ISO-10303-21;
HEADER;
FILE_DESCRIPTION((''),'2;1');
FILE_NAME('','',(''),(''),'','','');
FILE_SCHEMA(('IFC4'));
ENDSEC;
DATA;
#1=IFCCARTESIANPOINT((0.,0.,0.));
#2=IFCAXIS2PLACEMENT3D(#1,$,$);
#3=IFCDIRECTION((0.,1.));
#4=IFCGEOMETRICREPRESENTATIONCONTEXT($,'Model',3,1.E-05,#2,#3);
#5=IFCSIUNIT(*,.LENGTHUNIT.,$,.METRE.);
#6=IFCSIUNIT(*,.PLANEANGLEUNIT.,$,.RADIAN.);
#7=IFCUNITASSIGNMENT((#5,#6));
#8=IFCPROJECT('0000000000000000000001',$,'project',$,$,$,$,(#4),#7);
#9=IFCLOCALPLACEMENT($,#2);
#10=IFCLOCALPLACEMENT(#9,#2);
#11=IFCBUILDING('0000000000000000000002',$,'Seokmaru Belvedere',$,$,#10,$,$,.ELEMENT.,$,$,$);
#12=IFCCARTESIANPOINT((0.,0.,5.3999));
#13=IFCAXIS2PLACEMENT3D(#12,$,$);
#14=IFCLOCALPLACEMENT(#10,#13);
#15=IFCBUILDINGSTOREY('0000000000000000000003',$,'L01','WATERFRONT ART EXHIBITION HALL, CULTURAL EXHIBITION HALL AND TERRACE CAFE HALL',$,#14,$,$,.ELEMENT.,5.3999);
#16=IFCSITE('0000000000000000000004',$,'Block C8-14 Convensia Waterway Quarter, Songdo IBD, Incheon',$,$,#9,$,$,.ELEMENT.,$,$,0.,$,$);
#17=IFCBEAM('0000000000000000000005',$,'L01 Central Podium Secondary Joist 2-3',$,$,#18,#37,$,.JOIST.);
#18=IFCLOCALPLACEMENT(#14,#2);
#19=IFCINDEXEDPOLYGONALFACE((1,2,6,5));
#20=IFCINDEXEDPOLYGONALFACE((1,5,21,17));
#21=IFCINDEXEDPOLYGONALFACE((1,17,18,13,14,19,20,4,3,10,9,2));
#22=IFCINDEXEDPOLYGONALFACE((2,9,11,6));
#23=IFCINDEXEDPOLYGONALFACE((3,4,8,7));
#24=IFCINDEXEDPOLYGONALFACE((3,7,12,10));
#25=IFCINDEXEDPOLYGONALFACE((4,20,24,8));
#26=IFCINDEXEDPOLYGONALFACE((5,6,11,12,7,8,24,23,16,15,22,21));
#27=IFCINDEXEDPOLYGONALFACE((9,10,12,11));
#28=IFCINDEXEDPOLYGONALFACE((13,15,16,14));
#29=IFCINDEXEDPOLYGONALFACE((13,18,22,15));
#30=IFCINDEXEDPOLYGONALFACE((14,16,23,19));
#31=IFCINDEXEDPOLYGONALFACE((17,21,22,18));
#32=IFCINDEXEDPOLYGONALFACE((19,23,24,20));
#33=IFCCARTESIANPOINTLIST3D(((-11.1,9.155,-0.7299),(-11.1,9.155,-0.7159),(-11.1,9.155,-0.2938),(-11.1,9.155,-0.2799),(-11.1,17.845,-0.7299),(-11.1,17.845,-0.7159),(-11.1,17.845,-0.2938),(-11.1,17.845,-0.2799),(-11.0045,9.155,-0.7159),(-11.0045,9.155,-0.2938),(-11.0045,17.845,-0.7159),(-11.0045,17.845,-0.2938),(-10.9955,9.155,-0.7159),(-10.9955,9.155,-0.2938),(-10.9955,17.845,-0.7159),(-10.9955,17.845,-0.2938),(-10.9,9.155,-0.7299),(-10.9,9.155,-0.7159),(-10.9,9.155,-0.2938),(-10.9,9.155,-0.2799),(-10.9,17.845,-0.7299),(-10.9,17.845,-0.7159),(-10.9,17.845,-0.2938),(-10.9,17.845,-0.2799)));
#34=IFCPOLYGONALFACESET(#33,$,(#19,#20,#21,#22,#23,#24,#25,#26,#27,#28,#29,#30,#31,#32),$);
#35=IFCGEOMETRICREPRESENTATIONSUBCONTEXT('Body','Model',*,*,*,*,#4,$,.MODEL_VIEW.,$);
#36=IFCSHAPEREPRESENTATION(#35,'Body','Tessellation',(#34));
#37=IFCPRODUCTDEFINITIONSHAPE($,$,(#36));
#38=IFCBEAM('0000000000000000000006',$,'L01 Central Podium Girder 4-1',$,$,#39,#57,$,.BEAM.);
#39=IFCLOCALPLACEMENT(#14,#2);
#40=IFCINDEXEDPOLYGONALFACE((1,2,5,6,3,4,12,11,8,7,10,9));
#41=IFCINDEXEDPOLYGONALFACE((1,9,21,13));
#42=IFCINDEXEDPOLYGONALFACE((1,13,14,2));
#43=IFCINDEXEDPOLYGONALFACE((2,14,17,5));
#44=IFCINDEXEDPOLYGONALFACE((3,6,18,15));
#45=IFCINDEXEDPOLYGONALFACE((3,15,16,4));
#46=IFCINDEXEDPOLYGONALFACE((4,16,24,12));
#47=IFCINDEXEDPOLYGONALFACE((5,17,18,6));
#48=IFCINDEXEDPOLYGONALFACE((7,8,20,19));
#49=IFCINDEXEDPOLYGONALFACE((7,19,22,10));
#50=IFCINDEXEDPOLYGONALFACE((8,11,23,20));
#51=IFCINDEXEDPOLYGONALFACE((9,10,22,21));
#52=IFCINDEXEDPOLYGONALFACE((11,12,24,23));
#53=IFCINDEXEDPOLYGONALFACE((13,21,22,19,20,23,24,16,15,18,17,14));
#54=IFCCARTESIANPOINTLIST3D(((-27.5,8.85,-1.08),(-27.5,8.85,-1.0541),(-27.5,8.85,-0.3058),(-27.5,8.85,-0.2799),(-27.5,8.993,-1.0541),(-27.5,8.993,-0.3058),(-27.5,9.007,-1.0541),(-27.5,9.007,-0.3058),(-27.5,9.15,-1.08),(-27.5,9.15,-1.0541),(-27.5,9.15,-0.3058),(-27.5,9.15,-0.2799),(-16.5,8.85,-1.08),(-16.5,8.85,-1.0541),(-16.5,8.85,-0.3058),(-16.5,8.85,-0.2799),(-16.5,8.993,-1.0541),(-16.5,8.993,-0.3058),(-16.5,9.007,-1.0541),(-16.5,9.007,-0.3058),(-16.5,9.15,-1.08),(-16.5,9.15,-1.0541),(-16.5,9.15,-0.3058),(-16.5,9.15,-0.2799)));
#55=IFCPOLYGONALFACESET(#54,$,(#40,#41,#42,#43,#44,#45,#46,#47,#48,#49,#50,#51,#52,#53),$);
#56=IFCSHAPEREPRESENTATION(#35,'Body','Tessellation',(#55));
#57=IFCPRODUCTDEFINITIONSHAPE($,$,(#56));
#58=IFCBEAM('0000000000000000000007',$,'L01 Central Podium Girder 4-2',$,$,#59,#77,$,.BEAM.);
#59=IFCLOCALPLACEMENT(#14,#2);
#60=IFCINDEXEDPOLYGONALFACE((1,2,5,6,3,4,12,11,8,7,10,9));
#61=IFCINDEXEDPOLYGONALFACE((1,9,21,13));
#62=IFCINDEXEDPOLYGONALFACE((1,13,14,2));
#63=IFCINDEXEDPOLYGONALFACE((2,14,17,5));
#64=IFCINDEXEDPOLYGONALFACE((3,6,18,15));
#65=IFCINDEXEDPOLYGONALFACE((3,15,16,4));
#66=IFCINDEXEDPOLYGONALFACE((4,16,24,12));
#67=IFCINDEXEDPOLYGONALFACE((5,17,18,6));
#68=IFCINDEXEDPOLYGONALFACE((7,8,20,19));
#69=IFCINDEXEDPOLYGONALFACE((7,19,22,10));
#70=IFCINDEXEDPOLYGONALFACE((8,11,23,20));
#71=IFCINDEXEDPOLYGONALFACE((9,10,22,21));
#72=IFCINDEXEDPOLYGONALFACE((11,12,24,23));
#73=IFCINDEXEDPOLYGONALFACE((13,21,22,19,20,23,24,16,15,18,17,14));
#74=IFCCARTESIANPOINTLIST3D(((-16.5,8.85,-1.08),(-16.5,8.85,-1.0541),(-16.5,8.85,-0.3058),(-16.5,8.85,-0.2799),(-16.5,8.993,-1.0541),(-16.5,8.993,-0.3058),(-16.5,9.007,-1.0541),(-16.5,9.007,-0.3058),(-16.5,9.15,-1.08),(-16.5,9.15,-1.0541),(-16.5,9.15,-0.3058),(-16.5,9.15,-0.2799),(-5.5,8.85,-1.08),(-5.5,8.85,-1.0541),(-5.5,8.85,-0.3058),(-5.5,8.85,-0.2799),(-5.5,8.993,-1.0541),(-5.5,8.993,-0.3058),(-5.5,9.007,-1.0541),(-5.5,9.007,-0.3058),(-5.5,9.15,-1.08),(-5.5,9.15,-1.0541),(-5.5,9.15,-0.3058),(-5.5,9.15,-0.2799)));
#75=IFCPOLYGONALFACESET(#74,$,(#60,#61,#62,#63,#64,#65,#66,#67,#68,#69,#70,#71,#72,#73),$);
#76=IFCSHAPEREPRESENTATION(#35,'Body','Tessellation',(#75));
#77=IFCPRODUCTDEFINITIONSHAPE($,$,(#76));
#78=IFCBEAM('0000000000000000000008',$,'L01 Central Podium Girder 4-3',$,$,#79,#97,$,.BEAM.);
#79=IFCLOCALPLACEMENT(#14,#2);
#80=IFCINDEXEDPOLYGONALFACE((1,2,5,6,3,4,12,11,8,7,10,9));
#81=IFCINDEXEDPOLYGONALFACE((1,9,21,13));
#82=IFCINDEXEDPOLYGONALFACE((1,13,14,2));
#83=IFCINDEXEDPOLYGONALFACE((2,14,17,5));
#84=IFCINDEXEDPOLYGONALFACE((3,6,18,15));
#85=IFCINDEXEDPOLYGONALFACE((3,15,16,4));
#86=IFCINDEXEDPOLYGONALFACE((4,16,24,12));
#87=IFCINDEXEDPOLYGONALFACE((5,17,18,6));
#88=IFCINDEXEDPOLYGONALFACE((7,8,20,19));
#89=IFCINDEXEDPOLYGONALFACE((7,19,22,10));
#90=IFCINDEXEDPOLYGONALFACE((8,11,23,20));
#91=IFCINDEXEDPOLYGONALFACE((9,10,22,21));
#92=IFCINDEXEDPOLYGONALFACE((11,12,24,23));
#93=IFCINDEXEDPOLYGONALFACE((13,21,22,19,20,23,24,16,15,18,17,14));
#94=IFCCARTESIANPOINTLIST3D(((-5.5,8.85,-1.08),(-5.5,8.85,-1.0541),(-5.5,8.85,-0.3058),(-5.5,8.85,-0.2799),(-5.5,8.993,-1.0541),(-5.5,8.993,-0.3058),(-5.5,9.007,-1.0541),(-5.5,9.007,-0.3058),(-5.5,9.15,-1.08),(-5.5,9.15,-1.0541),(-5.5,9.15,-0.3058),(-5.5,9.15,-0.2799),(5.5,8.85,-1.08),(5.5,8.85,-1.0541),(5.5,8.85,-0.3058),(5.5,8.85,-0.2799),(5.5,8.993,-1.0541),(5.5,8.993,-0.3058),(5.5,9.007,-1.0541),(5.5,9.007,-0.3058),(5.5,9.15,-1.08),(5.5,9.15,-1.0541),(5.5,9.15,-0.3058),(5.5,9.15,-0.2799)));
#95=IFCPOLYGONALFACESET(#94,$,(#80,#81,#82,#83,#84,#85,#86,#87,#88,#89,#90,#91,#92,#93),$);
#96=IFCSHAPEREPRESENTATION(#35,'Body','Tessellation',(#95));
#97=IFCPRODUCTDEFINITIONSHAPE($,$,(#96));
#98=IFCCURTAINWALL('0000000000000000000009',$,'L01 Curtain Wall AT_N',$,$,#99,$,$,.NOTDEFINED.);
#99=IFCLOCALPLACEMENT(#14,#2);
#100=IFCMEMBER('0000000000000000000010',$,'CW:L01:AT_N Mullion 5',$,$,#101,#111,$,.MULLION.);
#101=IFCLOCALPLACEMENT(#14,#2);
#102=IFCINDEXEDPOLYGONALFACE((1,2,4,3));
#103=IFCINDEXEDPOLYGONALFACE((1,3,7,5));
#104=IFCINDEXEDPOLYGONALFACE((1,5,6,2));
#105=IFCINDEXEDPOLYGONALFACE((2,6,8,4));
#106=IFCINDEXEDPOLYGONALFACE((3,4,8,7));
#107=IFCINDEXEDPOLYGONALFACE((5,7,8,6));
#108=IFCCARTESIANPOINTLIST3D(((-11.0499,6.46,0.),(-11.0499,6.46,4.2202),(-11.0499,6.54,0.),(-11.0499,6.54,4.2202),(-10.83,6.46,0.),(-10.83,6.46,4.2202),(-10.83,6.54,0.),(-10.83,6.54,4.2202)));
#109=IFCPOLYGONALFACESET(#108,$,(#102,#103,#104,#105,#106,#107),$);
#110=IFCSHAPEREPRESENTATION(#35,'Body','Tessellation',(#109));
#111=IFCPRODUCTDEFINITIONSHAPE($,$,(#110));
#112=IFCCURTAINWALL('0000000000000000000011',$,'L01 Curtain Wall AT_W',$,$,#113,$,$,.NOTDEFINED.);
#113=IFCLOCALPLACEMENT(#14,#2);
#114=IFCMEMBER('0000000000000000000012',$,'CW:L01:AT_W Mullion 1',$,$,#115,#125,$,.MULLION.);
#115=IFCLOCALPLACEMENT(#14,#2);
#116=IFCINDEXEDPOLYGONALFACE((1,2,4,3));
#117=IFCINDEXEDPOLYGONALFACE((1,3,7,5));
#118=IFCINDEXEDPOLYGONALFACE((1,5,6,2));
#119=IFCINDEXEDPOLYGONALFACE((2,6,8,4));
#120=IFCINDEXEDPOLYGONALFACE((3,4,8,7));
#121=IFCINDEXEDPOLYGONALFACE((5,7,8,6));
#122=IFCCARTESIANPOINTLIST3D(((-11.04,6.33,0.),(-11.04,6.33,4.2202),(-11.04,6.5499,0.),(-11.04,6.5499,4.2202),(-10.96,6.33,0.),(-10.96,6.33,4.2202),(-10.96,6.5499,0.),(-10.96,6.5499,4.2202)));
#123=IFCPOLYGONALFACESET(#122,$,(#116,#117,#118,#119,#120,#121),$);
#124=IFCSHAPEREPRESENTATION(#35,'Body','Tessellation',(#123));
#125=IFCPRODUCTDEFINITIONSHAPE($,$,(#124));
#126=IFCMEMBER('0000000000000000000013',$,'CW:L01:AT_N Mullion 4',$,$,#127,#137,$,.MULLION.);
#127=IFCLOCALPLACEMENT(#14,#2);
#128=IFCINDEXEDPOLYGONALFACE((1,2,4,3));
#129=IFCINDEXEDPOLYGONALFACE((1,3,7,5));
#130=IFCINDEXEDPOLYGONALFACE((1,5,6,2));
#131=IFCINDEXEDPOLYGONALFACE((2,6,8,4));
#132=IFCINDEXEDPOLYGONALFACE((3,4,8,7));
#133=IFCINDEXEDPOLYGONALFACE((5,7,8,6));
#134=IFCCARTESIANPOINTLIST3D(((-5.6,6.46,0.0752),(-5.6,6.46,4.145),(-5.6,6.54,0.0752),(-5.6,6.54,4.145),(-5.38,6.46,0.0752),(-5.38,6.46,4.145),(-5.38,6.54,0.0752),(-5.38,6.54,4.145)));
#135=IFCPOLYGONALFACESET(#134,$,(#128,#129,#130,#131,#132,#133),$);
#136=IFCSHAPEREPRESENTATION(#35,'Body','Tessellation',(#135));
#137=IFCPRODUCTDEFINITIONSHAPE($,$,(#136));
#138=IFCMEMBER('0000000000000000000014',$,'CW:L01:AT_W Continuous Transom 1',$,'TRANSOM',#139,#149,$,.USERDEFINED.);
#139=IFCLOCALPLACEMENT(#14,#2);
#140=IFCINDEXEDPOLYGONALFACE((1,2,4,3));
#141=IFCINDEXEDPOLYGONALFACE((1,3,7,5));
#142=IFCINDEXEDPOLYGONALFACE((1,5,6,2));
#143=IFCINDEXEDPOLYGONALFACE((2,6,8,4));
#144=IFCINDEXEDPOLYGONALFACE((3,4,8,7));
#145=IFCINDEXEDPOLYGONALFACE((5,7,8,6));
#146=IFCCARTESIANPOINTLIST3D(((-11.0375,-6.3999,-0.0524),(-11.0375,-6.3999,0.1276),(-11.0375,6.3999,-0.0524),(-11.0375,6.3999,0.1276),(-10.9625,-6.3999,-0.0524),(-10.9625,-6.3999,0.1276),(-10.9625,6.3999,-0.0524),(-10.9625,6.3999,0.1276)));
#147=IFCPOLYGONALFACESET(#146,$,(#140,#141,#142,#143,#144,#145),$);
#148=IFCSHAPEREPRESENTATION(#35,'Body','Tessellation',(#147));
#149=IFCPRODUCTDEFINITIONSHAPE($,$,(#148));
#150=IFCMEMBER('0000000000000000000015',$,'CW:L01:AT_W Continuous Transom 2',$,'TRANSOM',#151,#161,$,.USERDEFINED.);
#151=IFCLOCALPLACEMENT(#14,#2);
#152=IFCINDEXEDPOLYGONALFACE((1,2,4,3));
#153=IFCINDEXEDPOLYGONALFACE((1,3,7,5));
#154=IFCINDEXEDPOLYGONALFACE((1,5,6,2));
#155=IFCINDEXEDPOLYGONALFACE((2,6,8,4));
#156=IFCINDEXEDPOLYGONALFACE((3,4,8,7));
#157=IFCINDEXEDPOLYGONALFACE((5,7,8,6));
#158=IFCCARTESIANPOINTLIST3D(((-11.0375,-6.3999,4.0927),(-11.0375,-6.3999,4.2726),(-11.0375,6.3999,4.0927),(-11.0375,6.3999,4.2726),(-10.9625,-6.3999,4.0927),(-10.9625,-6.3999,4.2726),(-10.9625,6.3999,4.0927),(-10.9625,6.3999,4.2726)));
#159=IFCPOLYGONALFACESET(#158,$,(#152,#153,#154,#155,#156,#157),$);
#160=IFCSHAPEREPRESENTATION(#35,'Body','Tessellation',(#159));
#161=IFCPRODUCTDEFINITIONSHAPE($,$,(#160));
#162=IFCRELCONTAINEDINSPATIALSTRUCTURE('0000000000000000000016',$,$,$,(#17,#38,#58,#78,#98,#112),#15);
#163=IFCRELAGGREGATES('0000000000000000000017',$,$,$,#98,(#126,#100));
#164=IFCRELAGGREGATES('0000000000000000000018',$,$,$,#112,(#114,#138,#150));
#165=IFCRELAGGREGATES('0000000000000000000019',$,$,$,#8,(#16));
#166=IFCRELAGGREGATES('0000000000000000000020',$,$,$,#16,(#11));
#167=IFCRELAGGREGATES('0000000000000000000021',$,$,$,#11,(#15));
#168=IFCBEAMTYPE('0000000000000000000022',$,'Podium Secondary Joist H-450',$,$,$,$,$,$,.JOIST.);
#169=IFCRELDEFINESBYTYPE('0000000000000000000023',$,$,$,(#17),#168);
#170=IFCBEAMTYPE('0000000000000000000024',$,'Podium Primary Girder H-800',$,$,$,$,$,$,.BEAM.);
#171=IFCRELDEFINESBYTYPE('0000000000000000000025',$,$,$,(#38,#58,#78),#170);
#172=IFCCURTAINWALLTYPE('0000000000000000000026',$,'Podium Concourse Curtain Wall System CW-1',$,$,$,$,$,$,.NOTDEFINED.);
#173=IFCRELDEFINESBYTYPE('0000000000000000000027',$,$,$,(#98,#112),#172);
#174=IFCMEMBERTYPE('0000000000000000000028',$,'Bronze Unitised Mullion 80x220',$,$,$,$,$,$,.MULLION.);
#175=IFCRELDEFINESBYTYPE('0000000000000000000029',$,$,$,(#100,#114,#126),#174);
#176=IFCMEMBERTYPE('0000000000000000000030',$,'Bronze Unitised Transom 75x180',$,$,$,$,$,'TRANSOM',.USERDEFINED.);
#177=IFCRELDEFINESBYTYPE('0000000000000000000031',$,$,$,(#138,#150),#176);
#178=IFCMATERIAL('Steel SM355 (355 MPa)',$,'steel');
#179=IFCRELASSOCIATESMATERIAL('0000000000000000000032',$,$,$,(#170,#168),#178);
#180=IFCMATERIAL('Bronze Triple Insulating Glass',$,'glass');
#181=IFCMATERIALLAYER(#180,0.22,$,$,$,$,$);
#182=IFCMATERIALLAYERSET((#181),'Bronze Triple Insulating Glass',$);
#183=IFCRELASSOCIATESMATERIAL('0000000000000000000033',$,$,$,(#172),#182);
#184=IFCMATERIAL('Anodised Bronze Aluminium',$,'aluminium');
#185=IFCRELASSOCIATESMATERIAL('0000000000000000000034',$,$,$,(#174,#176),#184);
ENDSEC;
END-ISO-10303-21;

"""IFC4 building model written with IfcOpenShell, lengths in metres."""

from ifc_helpers import new_model, si_unit, direction, frame, origin, origin_2d, place, context, subcontext, project, spatial, rectangle, i_section, extrude, source, transform, mapped, material, layer, layer_set, material_profile, profile_set, type_object, type_shapes, element, aggregate, save


model = new_model("IFC4")

# Units and contexts
model_context = context("Model", 3, precision=1e-05, world=origin(), true_north=direction((0.0, 1.0)))
body_context = subcontext(model_context, "Body", "Model", "MODEL_VIEW")
ifc_project = project(units=[si_unit("LENGTHUNIT", "METRE"), si_unit("PLANEANGLEUNIT", "RADIAN")], contexts=[model_context])

# Site, building, storey
site_placement = place(None, origin())
site = spatial("IfcSite", under=ifc_project, at=site_placement, Name="Block C8-14 Convensia Waterway Quarter, Songdo IBD, Incheon", CompositionType="ELEMENT", RefElevation=0.0)
building_placement = place(site_placement, origin())
building = spatial("IfcBuilding", under=site, at=building_placement, Name="Seokmaru Belvedere", CompositionType="ELEMENT")
storey_placement = place(building_placement, frame((0.0, 0.0, 5.3999)))
storey = spatial("IfcBuildingStorey", under=building, at=storey_placement, Name="L01", Description="WATERFRONT ART EXHIBITION HALL, CULTURAL EXHIBITION HALL AND TERRACE CAFE HALL", CompositionType="ELEMENT", Elevation=5.3999)

# Shared definitions
ifc_material_1 = material(Name="Steel SM355 (355 MPa)", Category="steel")

# Beams
ifc_material_profile_1 = material_profile(ifc_material_1, i_section(OverallWidth=0.3, OverallDepth=0.8, WebThickness=0.0139, FlangeThickness=0.0259, at=origin_2d()), Name="H-800x300x14x26")
ifc_profile_set_1 = profile_set([ifc_material_profile_1], Name="Steel SM355 (355 MPa)")
beam_type_1 = type_object("IfcBeamType", Name="Podium Primary Girder H-800", PredefinedType="BEAM", material=ifc_profile_set_1)
ifc_material_profile_2 = material_profile(ifc_material_1, i_section(OverallWidth=0.2, OverallDepth=0.45, WebThickness=0.009, FlangeThickness=0.0139, at=origin_2d()), Name="H-450x200x9x14")
ifc_profile_set_2 = profile_set([ifc_material_profile_2], Name="Steel SM355 (355 MPa)")
beam_type_2 = type_object("IfcBeamType", Name="Podium Secondary Joist H-450", PredefinedType="JOIST", material=ifc_profile_set_2)
shared_shape_1 = source(origin(), body_context, "Body", "SweptSolid", [
    extrude(i_section(OverallWidth=0.2, OverallDepth=0.45, WebThickness=0.009, FlangeThickness=0.0139, at=origin_2d()), origin(), (0.0, 0.0, 1.0), 8.6899),
])
type_shapes(beam_type_2, [shared_shape_1])
for number, where, z_axis, x_axis, name in (
    (1, (-11.0, 9.155, -0.5049), (0.0, 1.0, 0.0), (-1.0, 0.0, 0.0), "L01 Central Podium Secondary Joist 2-3"),
):
    element("IfcBeam", number, at=place(storey_placement, frame(where, z_axis=z_axis, x_axis=x_axis)), inside=storey, type_object=beam_type_2, Name=name, PredefinedType="JOIST", context=body_context, shape_type="MappedRepresentation", body=[
        mapped(shared_shape_1, transform((0.0, 0.0, 0.0), scale=1.0)),
    ])
shared_shape_2 = source(origin(), body_context, "Body", "SweptSolid", [
    extrude(i_section(OverallWidth=0.3, OverallDepth=0.8, WebThickness=0.0139, FlangeThickness=0.0259, at=origin_2d()), origin(), (0.0, 0.0, 1.0), 11.0),
])
for number, where, z_axis, x_axis, name in (
    (2, (-27.5, 9.0, -0.6799), (1.0, 0.0, 0.0), (0.0, 1.0, 0.0), "L01 Central Podium Girder 4-1"),
    (3, (-16.5, 9.0, -0.6799), (1.0, 0.0, 0.0), (0.0, 1.0, 0.0), "L01 Central Podium Girder 4-2"),
    (4, (-5.5, 9.0, -0.6799), (1.0, 0.0, 0.0), (0.0, 1.0, 0.0), "L01 Central Podium Girder 4-3"),
):
    element("IfcBeam", number, at=place(storey_placement, frame(where, z_axis=z_axis, x_axis=x_axis)), inside=storey, type_object=beam_type_1, Name=name, PredefinedType="BEAM", context=body_context, shape_type="MappedRepresentation", body=[
        mapped(shared_shape_2, transform((0.0, 0.0, 0.0), scale=1.0)),
    ])

# Curtain walls, members
ifc_material_2 = material(Name="Bronze Triple Insulating Glass", Category="glass")
ifc_layer_1 = layer(ifc_material_2, 0.22)
ifc_layer_set_1 = layer_set([ifc_layer_1], Name="Bronze Triple Insulating Glass")
curtain_wall_type = type_object("IfcCurtainWallType", Name="Podium Concourse Curtain Wall System CW-1", PredefinedType="NOTDEFINED", material=ifc_layer_set_1)
curtain_wall_1_placement = place(storey_placement, origin())
curtain_wall_1 = element("IfcCurtainWall", 5, at=curtain_wall_1_placement, inside=storey, type_object=curtain_wall_type, Name="L01 Curtain Wall AT_N", PredefinedType="NOTDEFINED")
ifc_material_3 = material(Name="Anodised Bronze Aluminium", Category="aluminium")
ifc_material_profile_3 = material_profile(ifc_material_3, rectangle(XDim=0.0801, YDim=0.22, at=origin_2d()), Name="CW-M-80x220")
ifc_profile_set_3 = profile_set([ifc_material_profile_3], Name="Anodised Bronze Aluminium")
member_type_1 = type_object("IfcMemberType", Name="Bronze Unitised Mullion 80x220", PredefinedType="MULLION", material=ifc_profile_set_3)
shared_shape_3 = source(origin(), body_context, "Body", "SweptSolid", [
    extrude(rectangle(XDim=0.0801, YDim=0.22, at=origin_2d()), origin(), (0.0, 0.0, 1.0), 4.2202),
])
member_1_placement = place(storey_placement, frame((-10.9399, 6.5, 0.0), z_axis=(0.0, 0.0, 1.0), x_axis=(0.0, -1.0, 0.0)))
member_1 = element("IfcMember", 6, at=member_1_placement, type_object=member_type_1, Name="CW:L01:AT_N Mullion 5", PredefinedType="MULLION", context=body_context, shape_type="MappedRepresentation", body=[
    mapped(shared_shape_3, transform((0.0, 0.0, 0.0), scale=1.0)),
])
curtain_wall_2_placement = place(storey_placement, origin())
curtain_wall_2 = element("IfcCurtainWall", 7, at=curtain_wall_2_placement, inside=storey, type_object=curtain_wall_type, Name="L01 Curtain Wall AT_W", PredefinedType="NOTDEFINED")
member_2_placement = place(storey_placement, frame((-11.0, 6.4399, 0.0), z_axis=(0.0, 0.0, 1.0), x_axis=(1.0, 0.0, 0.0)))
member_2 = element("IfcMember", 8, at=member_2_placement, type_object=member_type_1, Name="CW:L01:AT_W Mullion 1", PredefinedType="MULLION", context=body_context, shape_type="MappedRepresentation", body=[
    mapped(shared_shape_3, transform((0.0, 0.0, 0.0), scale=1.0)),
])

# Members
shared_shape_4 = source(origin(), body_context, "Body", "SweptSolid", [
    extrude(rectangle(XDim=0.0801, YDim=0.22, at=origin_2d()), origin(), (0.0, 0.0, 1.0), 4.0698),
])
type_shapes(member_type_1, [shared_shape_3, shared_shape_4])
member_3_placement = place(storey_placement, frame((-5.49, 6.5, 0.0752), z_axis=(0.0, 0.0, 1.0), x_axis=(0.0, -1.0, 0.0)))
member_3 = element("IfcMember", 9, at=member_3_placement, type_object=member_type_1, Name="CW:L01:AT_N Mullion 4", PredefinedType="MULLION", context=body_context, shape_type="MappedRepresentation", body=[
    mapped(shared_shape_4, transform((0.0, 0.0, 0.0), scale=1.0)),
])
ifc_material_profile_4 = material_profile(ifc_material_3, rectangle(XDim=0.075, YDim=0.1799, at=origin_2d()), Name="CW-T-75x180")
ifc_profile_set_4 = profile_set([ifc_material_profile_4], Name="Anodised Bronze Aluminium")
member_type_2 = type_object("IfcMemberType", Name="Bronze Unitised Transom 75x180", ElementType="TRANSOM", PredefinedType="USERDEFINED", material=ifc_profile_set_4)
shared_shape_5 = source(origin(), body_context, "Body", "SweptSolid", [
    extrude(rectangle(XDim=0.075, YDim=0.1799, at=origin_2d()), origin(), (0.0, 0.0, 1.0), 12.7998),
])
type_shapes(member_type_2, [shared_shape_5])
member_4_placement = place(storey_placement, frame((-11.0, 6.3999, 0.0376), z_axis=(0.0, -1.0, 0.0), x_axis=(1.0, 0.0, 0.0)))
member_4 = element("IfcMember", 10, at=member_4_placement, type_object=member_type_2, Name="CW:L01:AT_W Continuous Transom 1", ObjectType="TRANSOM", PredefinedType="USERDEFINED", context=body_context, shape_type="MappedRepresentation", body=[
    mapped(shared_shape_5, transform((0.0, 0.0, 0.0), scale=1.0)),
])
member_5_placement = place(storey_placement, frame((-11.0, 6.3999, 4.1826), z_axis=(0.0, -1.0, 0.0), x_axis=(1.0, 0.0, 0.0)))
member_5 = element("IfcMember", 11, at=member_5_placement, type_object=member_type_2, Name="CW:L01:AT_W Continuous Transom 2", ObjectType="TRANSOM", PredefinedType="USERDEFINED", context=body_context, shape_type="MappedRepresentation", body=[
    mapped(shared_shape_5, transform((0.0, 0.0, 0.0), scale=1.0)),
])

aggregate(curtain_wall_1, [member_3, member_1])
aggregate(curtain_wall_2, [member_2, member_4, member_5])

save(model, "model.ifc")
